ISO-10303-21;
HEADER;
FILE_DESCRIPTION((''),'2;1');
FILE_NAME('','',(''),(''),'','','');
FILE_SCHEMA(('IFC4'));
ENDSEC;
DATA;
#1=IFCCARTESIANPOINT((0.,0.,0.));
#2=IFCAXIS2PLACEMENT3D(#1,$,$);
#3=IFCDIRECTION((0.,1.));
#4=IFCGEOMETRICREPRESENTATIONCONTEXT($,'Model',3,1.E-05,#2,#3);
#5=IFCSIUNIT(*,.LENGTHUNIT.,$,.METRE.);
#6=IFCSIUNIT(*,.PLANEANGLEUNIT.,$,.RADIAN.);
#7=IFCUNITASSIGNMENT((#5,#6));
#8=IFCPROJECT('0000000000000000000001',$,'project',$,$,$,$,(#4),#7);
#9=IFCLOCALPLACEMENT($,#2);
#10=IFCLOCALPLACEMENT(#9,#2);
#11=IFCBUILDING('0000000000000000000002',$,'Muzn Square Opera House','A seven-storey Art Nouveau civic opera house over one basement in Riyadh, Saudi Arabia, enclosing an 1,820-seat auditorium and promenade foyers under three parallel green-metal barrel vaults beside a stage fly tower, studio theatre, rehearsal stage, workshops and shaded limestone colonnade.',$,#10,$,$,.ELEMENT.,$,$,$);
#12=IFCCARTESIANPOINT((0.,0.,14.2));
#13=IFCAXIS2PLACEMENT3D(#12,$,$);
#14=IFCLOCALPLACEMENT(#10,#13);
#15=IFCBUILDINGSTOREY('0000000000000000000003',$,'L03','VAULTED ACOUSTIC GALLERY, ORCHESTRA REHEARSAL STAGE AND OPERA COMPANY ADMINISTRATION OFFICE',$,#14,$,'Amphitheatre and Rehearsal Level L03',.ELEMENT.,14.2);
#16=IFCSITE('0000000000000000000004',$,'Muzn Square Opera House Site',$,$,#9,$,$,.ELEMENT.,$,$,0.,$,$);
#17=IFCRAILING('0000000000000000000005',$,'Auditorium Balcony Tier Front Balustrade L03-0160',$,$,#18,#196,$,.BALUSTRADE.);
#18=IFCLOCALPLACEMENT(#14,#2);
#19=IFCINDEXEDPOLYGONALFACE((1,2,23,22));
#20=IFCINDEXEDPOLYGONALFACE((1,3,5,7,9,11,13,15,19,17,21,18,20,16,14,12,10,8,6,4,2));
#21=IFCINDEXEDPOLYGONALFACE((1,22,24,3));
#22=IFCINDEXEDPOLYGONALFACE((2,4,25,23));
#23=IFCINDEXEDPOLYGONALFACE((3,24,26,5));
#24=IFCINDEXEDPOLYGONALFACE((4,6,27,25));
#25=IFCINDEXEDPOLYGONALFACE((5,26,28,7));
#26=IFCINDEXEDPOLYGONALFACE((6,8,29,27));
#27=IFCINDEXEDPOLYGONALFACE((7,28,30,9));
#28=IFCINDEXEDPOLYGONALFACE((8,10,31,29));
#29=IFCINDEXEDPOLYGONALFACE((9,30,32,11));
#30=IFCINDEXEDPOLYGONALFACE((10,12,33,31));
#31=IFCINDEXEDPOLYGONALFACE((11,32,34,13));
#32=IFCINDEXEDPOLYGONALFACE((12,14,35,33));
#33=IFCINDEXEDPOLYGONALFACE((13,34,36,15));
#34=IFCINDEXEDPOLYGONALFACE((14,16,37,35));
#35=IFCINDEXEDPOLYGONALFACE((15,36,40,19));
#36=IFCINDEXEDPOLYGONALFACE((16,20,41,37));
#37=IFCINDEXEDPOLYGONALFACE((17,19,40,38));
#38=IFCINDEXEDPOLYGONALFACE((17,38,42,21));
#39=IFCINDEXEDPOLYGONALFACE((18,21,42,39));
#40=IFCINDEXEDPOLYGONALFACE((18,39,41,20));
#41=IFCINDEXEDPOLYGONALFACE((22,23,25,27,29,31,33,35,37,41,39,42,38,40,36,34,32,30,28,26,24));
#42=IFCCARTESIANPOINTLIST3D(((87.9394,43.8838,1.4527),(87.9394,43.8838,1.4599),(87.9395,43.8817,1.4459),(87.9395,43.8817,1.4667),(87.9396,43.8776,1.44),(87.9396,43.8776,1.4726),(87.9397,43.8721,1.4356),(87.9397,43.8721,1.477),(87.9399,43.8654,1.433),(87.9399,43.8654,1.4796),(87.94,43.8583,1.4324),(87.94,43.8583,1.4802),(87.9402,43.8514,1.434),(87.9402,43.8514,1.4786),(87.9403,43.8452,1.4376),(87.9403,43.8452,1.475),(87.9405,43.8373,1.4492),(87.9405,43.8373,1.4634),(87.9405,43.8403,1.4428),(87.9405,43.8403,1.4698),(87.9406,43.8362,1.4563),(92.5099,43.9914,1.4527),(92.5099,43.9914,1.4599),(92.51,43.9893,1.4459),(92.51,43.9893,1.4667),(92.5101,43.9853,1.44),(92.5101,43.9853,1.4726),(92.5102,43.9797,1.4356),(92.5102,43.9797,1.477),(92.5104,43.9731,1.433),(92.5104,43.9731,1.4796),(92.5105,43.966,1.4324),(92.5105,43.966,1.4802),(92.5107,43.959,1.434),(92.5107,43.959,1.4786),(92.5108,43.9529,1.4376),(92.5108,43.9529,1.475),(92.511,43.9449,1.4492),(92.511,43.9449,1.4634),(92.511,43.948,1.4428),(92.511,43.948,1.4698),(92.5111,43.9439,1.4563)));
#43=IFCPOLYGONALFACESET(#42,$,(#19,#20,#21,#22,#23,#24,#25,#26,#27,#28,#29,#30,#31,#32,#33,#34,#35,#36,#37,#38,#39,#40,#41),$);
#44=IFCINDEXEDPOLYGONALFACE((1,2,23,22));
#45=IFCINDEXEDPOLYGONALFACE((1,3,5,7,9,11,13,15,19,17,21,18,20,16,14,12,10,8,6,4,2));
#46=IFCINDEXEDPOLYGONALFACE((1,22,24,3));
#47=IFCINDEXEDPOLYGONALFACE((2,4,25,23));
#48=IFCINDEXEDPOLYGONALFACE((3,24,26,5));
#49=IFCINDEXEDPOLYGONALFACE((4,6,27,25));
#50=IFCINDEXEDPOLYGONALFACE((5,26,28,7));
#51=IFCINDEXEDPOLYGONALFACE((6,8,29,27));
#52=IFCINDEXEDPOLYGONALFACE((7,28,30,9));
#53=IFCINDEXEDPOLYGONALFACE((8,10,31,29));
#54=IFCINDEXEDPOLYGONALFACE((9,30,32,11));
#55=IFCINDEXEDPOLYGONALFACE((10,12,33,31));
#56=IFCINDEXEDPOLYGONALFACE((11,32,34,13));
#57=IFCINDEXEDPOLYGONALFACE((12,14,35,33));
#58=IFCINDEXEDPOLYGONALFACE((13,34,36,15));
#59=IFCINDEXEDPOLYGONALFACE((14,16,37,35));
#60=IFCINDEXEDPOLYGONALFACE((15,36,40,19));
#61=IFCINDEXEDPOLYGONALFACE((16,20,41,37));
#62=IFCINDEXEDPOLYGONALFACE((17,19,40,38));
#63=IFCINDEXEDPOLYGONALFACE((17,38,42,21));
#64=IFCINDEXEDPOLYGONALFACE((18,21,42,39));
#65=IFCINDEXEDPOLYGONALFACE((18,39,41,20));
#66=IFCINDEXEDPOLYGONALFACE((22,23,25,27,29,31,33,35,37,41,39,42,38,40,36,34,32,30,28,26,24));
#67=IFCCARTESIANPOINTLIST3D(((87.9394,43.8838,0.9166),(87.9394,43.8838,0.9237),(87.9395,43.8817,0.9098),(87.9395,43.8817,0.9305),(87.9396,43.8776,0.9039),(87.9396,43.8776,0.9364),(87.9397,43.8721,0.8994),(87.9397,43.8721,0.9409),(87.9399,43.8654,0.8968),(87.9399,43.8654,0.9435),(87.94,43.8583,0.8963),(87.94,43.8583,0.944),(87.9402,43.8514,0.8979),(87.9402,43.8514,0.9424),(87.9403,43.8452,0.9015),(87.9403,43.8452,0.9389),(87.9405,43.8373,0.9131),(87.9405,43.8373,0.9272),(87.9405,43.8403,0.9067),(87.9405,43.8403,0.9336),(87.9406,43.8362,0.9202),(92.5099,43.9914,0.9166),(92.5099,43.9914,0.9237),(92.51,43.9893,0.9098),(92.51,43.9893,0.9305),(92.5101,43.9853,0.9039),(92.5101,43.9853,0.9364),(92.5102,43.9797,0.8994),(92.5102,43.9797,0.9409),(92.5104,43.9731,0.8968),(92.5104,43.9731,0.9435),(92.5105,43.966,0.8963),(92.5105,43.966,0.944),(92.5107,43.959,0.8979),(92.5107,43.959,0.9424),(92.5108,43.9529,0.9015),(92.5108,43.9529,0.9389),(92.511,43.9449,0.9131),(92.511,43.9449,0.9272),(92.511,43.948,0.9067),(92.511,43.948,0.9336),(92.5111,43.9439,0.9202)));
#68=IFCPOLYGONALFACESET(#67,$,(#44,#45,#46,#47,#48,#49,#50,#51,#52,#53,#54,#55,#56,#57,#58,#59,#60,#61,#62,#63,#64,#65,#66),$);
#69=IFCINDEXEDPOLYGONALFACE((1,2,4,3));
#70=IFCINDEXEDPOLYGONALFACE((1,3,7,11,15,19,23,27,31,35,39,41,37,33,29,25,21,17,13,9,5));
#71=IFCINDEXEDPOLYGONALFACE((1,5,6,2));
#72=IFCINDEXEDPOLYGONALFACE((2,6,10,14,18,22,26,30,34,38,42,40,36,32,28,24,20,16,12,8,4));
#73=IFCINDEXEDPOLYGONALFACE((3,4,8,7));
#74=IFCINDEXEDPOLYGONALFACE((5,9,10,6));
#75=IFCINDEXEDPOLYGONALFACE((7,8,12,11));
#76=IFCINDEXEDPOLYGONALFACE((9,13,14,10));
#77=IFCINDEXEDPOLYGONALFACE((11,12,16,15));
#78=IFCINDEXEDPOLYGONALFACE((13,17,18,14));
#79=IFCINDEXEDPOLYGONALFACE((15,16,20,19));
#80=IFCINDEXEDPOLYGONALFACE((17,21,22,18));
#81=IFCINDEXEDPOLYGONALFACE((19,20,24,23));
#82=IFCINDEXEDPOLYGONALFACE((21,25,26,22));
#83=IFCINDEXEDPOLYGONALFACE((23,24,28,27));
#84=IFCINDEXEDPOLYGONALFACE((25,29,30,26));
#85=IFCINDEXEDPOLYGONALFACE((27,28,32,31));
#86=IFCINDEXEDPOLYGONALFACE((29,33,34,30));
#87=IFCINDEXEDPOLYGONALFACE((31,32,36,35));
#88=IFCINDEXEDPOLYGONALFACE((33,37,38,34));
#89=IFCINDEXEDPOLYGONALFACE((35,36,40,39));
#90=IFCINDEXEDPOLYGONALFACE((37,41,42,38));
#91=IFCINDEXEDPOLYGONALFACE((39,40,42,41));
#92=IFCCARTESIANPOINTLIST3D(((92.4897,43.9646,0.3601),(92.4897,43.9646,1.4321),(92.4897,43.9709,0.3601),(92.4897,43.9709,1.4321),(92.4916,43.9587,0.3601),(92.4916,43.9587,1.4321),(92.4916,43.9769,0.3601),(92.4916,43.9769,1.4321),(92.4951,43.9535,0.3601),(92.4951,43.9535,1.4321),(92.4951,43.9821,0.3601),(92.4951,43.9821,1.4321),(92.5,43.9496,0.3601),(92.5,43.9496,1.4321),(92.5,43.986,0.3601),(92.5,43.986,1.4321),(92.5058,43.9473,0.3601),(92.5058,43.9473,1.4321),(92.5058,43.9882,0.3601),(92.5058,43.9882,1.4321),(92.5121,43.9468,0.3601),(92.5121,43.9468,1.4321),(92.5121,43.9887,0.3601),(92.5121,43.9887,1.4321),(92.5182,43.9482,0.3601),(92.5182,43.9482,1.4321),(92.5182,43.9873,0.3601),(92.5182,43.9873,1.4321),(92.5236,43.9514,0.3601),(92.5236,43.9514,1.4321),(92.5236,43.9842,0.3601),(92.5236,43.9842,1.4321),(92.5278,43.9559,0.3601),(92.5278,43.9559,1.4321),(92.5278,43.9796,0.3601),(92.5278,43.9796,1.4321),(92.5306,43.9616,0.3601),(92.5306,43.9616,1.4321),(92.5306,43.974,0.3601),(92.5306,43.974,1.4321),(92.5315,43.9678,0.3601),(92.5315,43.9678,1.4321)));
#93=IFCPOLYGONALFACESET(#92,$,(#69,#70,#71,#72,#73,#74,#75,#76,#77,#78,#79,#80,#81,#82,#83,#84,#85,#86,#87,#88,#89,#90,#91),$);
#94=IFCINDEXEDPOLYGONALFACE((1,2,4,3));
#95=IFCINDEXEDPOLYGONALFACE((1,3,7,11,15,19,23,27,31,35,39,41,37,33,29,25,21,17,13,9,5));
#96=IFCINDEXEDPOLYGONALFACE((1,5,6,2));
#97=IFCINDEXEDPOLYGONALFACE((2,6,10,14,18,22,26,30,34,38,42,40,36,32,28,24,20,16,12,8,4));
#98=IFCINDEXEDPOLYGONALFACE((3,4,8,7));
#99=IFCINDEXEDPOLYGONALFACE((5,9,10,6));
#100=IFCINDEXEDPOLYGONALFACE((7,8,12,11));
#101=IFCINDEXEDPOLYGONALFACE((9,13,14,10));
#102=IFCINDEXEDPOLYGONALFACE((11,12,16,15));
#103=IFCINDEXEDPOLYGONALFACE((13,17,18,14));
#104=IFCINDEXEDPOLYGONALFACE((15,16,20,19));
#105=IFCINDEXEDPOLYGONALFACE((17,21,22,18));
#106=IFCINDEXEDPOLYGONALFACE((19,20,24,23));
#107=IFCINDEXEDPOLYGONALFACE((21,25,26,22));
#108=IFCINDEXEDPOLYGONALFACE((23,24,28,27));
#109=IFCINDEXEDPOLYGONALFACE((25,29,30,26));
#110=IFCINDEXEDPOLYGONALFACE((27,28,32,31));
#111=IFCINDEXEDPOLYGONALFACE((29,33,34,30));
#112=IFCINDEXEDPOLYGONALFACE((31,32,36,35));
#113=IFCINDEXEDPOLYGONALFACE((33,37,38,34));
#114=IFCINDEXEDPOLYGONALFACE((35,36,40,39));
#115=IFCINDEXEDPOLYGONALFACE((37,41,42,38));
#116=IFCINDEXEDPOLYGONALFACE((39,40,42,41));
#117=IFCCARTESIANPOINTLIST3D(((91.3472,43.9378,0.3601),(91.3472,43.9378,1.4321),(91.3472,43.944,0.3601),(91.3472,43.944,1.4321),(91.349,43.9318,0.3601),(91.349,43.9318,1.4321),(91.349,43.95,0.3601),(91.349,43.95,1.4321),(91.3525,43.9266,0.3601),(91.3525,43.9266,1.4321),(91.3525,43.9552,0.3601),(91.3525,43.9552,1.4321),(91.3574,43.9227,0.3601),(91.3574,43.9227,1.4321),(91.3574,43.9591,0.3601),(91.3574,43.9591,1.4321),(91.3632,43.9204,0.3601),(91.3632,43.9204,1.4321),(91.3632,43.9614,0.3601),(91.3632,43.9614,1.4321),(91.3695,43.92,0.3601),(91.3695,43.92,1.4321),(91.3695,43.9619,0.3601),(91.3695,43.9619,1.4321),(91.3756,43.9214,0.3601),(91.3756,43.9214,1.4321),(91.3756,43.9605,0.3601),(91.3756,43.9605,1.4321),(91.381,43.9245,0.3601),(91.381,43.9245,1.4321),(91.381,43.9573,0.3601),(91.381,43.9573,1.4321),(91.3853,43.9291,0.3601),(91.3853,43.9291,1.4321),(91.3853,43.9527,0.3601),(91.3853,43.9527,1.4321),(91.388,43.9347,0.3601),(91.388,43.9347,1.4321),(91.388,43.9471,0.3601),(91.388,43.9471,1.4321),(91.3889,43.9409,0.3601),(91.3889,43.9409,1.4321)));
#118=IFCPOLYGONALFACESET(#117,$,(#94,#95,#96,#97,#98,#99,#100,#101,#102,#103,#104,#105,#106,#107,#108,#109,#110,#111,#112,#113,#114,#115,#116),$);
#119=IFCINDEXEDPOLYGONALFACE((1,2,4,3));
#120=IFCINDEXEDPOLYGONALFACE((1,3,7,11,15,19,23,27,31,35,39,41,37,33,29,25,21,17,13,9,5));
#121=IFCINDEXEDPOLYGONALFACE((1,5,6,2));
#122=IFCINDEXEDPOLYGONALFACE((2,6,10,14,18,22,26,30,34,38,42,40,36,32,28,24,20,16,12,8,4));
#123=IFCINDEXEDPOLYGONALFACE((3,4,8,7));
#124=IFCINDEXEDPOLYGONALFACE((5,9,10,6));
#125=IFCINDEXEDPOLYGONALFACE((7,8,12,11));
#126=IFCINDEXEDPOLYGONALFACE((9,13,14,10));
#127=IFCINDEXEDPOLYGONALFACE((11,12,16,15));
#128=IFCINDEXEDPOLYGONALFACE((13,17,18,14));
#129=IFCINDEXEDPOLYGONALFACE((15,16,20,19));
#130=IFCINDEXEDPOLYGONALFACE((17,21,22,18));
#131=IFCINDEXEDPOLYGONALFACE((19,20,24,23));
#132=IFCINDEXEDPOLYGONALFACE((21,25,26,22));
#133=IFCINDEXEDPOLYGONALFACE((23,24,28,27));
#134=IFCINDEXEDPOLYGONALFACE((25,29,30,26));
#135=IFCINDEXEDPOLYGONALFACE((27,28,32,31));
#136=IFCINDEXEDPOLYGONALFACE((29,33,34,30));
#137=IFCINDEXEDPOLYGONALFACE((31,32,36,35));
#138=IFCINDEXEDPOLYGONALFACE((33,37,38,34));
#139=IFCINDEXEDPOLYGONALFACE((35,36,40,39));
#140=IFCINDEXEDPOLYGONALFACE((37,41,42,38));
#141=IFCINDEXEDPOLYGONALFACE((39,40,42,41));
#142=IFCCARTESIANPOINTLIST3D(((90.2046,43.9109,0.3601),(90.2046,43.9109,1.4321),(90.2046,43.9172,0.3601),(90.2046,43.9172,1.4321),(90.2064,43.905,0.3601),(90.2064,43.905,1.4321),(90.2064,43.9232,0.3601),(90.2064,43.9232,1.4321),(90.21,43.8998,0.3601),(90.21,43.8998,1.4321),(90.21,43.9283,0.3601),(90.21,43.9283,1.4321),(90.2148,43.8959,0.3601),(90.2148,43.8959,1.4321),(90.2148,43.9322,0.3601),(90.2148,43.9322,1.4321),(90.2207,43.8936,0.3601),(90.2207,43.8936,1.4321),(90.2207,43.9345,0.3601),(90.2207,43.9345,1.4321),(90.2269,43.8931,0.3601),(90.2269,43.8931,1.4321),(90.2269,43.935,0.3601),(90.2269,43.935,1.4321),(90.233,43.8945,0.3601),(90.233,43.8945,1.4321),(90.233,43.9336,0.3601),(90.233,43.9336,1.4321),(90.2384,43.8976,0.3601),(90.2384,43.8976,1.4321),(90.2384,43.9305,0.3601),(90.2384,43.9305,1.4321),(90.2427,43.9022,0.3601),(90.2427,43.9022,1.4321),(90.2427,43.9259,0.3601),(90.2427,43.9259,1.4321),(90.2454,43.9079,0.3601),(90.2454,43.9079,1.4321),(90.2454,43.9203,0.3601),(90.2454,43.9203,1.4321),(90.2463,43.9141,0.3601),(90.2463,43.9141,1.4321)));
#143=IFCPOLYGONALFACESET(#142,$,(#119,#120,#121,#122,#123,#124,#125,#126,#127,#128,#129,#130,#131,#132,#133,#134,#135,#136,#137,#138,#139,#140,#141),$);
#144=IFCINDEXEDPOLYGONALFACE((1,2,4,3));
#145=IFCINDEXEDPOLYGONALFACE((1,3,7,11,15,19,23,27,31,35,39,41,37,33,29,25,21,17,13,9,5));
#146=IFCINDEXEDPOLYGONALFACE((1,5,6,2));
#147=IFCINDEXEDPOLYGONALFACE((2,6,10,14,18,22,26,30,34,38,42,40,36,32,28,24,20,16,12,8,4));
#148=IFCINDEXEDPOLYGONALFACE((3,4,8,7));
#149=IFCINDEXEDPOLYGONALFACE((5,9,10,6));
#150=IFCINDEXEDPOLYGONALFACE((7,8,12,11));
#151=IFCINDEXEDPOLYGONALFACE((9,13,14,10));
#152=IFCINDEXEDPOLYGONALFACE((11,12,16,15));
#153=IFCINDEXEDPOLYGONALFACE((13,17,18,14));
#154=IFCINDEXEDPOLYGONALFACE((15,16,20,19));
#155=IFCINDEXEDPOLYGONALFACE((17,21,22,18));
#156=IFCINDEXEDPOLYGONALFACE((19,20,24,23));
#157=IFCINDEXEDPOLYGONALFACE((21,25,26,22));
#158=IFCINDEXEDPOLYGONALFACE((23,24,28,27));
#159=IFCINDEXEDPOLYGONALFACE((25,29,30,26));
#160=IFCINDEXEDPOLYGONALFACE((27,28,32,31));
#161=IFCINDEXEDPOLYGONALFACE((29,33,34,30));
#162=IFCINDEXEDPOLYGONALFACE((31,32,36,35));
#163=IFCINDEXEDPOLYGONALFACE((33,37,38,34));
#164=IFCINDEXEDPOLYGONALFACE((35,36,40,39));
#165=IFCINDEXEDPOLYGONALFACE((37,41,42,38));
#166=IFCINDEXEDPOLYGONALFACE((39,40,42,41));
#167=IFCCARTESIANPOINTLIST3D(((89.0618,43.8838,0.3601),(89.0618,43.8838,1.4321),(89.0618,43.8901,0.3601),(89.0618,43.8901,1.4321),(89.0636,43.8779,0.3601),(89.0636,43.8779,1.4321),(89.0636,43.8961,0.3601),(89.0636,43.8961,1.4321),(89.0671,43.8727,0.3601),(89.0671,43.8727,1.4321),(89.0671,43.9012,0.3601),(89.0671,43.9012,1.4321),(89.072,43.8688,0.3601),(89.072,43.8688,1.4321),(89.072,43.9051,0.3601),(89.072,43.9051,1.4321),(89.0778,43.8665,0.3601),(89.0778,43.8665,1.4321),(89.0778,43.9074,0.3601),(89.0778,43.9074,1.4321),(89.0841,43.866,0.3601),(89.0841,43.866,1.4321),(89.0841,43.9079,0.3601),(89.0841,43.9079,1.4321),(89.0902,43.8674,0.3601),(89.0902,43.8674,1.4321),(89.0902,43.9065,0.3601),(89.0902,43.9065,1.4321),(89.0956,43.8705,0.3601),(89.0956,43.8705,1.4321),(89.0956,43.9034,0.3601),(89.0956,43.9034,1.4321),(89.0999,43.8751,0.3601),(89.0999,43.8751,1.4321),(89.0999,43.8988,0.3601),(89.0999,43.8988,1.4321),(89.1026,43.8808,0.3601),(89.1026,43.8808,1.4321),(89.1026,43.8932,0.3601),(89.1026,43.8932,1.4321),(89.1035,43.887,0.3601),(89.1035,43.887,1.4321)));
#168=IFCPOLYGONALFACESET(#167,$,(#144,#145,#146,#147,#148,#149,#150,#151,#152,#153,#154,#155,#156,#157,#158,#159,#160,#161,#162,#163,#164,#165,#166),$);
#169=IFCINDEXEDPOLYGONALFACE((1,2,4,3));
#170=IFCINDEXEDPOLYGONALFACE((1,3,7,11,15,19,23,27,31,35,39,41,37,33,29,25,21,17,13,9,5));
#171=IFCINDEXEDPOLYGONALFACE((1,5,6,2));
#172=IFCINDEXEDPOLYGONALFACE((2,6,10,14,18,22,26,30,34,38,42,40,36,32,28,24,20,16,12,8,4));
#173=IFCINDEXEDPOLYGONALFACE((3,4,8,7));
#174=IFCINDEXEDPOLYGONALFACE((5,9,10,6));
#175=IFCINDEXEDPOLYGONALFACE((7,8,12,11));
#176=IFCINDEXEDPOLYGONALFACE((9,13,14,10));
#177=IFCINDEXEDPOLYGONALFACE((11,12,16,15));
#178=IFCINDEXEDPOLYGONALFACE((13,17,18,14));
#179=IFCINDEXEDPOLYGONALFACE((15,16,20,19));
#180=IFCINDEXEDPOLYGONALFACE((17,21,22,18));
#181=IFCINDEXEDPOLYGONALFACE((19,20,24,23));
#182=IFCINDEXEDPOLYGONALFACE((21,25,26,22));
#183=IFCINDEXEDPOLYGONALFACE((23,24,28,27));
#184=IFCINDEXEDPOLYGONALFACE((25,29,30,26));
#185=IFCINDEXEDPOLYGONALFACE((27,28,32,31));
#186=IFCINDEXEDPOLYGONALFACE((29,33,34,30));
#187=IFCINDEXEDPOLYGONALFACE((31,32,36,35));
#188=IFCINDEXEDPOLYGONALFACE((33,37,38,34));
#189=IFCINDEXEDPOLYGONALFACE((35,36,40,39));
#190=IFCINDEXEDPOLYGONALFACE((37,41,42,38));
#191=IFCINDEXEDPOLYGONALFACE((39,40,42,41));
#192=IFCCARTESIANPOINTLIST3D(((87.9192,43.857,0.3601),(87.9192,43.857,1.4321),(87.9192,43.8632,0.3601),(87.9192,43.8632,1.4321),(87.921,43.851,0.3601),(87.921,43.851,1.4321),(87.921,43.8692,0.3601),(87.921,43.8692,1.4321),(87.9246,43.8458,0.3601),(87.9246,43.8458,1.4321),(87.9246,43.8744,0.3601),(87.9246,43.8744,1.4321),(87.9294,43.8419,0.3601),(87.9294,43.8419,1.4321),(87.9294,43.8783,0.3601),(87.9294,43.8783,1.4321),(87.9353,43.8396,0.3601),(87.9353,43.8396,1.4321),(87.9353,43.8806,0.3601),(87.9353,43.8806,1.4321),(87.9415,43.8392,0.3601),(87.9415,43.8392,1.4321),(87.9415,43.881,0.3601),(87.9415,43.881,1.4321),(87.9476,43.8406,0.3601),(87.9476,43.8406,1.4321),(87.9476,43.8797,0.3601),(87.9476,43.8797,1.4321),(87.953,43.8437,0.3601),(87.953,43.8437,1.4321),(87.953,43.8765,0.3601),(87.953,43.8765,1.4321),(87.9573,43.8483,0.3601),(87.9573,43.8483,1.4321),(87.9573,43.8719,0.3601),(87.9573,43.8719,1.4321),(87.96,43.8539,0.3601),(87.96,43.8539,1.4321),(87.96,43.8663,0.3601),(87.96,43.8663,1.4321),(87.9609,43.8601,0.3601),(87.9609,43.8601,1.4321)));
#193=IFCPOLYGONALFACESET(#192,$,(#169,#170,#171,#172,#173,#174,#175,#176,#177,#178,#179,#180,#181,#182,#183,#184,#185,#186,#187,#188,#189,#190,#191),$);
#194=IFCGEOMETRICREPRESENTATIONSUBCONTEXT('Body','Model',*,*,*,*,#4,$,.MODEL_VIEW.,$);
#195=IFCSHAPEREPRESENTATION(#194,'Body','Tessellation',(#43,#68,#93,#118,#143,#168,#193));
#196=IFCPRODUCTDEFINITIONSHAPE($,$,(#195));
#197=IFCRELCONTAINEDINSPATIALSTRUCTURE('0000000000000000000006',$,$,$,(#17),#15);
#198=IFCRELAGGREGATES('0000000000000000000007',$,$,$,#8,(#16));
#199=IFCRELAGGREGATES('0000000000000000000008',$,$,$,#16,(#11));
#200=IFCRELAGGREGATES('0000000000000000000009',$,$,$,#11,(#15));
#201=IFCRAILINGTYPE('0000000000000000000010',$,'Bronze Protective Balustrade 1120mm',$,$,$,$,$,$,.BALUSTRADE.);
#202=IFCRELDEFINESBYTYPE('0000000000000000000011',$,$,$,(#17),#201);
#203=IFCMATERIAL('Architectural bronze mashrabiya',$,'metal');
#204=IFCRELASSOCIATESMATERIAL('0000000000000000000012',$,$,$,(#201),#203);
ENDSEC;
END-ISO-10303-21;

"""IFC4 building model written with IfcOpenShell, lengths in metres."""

from ifc_helpers import new_model, si_unit, direction, frame, origin, origin_2d, place, context, subcontext, project, spatial, circle, extrude, material, type_object, element, save


model = new_model("IFC4")

# Units and contexts
model_context = context("Model", 3, precision=1e-05, world=origin(), true_north=direction((0.0, 1.0)))
body_context = subcontext(model_context, "Body", "Model", "MODEL_VIEW")
ifc_project = project(units=[si_unit("LENGTHUNIT", "METRE"), si_unit("PLANEANGLEUNIT", "RADIAN")], contexts=[model_context])

# Site, building, storey
site_placement = place(None, origin())
site = spatial("IfcSite", under=ifc_project, at=site_placement, Name="Muzn Square Opera House Site", CompositionType="ELEMENT", RefElevation=0.0)
building_placement = place(site_placement, origin())
building = spatial("IfcBuilding", under=site, at=building_placement, Name="Muzn Square Opera House", Description="A seven-storey Art Nouveau civic opera house over one basement in Riyadh, Saudi Arabia, enclosing an 1,820-seat auditorium and promenade foyers under three parallel green-metal barrel vaults beside a stage fly tower, studio theatre, rehearsal stage, workshops and shaded limestone colonnade.", CompositionType="ELEMENT")
storey_placement = place(building_placement, frame((0.0, 0.0, 14.2)))
storey = spatial("IfcBuildingStorey", under=building, at=storey_placement, Name="L03", Description="VAULTED ACOUSTIC GALLERY, ORCHESTRA REHEARSAL STAGE AND OPERA COMPANY ADMINISTRATION OFFICE", LongName="Amphitheatre and Rehearsal Level L03", CompositionType="ELEMENT", Elevation=14.2)

# Railing
ifc_material_1 = material(Name="Architectural bronze mashrabiya", Category="metal")
railing_type = type_object("IfcRailingType", Name="Bronze Protective Balustrade 1120mm", PredefinedType="BALUSTRADE", material=ifc_material_1)
railing_1_placement = place(storey_placement, frame((92.5105, 43.9678, 0.3601)))
element("IfcRailing", 1, at=railing_1_placement, inside=storey, type_object=railing_type, Name="Auditorium Balcony Tier Front Balustrade L03-0160", PredefinedType="BALUSTRADE", context=body_context, shape_type="SweptSolid", body=[
    extrude(circle(Radius=0.0239, at=origin_2d()), frame((0.0, 0.0, 1.0962), z_axis=(-0.999723, -0.02355, 0.0), x_axis=(0.02355, -0.999723, 0.0)), (0.0, 0.0, 1.0), 4.5718),
    extrude(circle(Radius=0.0239, at=origin_2d()), frame((0.0, 0.0, 0.5601), z_axis=(-0.999723, -0.02355, 0.0), x_axis=(0.02355, -0.999723, 0.0)), (0.0, 0.0, 1.0), 4.5718),
    extrude(circle(Radius=0.021, at=origin_2d()), origin(), (0.0, 0.0, 1.0), 1.072),
    extrude(circle(Radius=0.021, at=origin_2d()), frame((-1.1426, -0.0269, 0.0)), (0.0, 0.0, 1.0), 1.072),
    extrude(circle(Radius=0.021, at=origin_2d()), frame((-2.2852, -0.0537, 0.0)), (0.0, 0.0, 1.0), 1.072),
    extrude(circle(Radius=0.021, at=origin_2d()), frame((-3.428, -0.0808, 0.0)), (0.0, 0.0, 1.0), 1.072),
    extrude(circle(Radius=0.021, at=origin_2d()), frame((-4.5706, -0.1077, 0.0)), (0.0, 0.0, 1.0), 1.072),
])

save(model, "model.ifc")
